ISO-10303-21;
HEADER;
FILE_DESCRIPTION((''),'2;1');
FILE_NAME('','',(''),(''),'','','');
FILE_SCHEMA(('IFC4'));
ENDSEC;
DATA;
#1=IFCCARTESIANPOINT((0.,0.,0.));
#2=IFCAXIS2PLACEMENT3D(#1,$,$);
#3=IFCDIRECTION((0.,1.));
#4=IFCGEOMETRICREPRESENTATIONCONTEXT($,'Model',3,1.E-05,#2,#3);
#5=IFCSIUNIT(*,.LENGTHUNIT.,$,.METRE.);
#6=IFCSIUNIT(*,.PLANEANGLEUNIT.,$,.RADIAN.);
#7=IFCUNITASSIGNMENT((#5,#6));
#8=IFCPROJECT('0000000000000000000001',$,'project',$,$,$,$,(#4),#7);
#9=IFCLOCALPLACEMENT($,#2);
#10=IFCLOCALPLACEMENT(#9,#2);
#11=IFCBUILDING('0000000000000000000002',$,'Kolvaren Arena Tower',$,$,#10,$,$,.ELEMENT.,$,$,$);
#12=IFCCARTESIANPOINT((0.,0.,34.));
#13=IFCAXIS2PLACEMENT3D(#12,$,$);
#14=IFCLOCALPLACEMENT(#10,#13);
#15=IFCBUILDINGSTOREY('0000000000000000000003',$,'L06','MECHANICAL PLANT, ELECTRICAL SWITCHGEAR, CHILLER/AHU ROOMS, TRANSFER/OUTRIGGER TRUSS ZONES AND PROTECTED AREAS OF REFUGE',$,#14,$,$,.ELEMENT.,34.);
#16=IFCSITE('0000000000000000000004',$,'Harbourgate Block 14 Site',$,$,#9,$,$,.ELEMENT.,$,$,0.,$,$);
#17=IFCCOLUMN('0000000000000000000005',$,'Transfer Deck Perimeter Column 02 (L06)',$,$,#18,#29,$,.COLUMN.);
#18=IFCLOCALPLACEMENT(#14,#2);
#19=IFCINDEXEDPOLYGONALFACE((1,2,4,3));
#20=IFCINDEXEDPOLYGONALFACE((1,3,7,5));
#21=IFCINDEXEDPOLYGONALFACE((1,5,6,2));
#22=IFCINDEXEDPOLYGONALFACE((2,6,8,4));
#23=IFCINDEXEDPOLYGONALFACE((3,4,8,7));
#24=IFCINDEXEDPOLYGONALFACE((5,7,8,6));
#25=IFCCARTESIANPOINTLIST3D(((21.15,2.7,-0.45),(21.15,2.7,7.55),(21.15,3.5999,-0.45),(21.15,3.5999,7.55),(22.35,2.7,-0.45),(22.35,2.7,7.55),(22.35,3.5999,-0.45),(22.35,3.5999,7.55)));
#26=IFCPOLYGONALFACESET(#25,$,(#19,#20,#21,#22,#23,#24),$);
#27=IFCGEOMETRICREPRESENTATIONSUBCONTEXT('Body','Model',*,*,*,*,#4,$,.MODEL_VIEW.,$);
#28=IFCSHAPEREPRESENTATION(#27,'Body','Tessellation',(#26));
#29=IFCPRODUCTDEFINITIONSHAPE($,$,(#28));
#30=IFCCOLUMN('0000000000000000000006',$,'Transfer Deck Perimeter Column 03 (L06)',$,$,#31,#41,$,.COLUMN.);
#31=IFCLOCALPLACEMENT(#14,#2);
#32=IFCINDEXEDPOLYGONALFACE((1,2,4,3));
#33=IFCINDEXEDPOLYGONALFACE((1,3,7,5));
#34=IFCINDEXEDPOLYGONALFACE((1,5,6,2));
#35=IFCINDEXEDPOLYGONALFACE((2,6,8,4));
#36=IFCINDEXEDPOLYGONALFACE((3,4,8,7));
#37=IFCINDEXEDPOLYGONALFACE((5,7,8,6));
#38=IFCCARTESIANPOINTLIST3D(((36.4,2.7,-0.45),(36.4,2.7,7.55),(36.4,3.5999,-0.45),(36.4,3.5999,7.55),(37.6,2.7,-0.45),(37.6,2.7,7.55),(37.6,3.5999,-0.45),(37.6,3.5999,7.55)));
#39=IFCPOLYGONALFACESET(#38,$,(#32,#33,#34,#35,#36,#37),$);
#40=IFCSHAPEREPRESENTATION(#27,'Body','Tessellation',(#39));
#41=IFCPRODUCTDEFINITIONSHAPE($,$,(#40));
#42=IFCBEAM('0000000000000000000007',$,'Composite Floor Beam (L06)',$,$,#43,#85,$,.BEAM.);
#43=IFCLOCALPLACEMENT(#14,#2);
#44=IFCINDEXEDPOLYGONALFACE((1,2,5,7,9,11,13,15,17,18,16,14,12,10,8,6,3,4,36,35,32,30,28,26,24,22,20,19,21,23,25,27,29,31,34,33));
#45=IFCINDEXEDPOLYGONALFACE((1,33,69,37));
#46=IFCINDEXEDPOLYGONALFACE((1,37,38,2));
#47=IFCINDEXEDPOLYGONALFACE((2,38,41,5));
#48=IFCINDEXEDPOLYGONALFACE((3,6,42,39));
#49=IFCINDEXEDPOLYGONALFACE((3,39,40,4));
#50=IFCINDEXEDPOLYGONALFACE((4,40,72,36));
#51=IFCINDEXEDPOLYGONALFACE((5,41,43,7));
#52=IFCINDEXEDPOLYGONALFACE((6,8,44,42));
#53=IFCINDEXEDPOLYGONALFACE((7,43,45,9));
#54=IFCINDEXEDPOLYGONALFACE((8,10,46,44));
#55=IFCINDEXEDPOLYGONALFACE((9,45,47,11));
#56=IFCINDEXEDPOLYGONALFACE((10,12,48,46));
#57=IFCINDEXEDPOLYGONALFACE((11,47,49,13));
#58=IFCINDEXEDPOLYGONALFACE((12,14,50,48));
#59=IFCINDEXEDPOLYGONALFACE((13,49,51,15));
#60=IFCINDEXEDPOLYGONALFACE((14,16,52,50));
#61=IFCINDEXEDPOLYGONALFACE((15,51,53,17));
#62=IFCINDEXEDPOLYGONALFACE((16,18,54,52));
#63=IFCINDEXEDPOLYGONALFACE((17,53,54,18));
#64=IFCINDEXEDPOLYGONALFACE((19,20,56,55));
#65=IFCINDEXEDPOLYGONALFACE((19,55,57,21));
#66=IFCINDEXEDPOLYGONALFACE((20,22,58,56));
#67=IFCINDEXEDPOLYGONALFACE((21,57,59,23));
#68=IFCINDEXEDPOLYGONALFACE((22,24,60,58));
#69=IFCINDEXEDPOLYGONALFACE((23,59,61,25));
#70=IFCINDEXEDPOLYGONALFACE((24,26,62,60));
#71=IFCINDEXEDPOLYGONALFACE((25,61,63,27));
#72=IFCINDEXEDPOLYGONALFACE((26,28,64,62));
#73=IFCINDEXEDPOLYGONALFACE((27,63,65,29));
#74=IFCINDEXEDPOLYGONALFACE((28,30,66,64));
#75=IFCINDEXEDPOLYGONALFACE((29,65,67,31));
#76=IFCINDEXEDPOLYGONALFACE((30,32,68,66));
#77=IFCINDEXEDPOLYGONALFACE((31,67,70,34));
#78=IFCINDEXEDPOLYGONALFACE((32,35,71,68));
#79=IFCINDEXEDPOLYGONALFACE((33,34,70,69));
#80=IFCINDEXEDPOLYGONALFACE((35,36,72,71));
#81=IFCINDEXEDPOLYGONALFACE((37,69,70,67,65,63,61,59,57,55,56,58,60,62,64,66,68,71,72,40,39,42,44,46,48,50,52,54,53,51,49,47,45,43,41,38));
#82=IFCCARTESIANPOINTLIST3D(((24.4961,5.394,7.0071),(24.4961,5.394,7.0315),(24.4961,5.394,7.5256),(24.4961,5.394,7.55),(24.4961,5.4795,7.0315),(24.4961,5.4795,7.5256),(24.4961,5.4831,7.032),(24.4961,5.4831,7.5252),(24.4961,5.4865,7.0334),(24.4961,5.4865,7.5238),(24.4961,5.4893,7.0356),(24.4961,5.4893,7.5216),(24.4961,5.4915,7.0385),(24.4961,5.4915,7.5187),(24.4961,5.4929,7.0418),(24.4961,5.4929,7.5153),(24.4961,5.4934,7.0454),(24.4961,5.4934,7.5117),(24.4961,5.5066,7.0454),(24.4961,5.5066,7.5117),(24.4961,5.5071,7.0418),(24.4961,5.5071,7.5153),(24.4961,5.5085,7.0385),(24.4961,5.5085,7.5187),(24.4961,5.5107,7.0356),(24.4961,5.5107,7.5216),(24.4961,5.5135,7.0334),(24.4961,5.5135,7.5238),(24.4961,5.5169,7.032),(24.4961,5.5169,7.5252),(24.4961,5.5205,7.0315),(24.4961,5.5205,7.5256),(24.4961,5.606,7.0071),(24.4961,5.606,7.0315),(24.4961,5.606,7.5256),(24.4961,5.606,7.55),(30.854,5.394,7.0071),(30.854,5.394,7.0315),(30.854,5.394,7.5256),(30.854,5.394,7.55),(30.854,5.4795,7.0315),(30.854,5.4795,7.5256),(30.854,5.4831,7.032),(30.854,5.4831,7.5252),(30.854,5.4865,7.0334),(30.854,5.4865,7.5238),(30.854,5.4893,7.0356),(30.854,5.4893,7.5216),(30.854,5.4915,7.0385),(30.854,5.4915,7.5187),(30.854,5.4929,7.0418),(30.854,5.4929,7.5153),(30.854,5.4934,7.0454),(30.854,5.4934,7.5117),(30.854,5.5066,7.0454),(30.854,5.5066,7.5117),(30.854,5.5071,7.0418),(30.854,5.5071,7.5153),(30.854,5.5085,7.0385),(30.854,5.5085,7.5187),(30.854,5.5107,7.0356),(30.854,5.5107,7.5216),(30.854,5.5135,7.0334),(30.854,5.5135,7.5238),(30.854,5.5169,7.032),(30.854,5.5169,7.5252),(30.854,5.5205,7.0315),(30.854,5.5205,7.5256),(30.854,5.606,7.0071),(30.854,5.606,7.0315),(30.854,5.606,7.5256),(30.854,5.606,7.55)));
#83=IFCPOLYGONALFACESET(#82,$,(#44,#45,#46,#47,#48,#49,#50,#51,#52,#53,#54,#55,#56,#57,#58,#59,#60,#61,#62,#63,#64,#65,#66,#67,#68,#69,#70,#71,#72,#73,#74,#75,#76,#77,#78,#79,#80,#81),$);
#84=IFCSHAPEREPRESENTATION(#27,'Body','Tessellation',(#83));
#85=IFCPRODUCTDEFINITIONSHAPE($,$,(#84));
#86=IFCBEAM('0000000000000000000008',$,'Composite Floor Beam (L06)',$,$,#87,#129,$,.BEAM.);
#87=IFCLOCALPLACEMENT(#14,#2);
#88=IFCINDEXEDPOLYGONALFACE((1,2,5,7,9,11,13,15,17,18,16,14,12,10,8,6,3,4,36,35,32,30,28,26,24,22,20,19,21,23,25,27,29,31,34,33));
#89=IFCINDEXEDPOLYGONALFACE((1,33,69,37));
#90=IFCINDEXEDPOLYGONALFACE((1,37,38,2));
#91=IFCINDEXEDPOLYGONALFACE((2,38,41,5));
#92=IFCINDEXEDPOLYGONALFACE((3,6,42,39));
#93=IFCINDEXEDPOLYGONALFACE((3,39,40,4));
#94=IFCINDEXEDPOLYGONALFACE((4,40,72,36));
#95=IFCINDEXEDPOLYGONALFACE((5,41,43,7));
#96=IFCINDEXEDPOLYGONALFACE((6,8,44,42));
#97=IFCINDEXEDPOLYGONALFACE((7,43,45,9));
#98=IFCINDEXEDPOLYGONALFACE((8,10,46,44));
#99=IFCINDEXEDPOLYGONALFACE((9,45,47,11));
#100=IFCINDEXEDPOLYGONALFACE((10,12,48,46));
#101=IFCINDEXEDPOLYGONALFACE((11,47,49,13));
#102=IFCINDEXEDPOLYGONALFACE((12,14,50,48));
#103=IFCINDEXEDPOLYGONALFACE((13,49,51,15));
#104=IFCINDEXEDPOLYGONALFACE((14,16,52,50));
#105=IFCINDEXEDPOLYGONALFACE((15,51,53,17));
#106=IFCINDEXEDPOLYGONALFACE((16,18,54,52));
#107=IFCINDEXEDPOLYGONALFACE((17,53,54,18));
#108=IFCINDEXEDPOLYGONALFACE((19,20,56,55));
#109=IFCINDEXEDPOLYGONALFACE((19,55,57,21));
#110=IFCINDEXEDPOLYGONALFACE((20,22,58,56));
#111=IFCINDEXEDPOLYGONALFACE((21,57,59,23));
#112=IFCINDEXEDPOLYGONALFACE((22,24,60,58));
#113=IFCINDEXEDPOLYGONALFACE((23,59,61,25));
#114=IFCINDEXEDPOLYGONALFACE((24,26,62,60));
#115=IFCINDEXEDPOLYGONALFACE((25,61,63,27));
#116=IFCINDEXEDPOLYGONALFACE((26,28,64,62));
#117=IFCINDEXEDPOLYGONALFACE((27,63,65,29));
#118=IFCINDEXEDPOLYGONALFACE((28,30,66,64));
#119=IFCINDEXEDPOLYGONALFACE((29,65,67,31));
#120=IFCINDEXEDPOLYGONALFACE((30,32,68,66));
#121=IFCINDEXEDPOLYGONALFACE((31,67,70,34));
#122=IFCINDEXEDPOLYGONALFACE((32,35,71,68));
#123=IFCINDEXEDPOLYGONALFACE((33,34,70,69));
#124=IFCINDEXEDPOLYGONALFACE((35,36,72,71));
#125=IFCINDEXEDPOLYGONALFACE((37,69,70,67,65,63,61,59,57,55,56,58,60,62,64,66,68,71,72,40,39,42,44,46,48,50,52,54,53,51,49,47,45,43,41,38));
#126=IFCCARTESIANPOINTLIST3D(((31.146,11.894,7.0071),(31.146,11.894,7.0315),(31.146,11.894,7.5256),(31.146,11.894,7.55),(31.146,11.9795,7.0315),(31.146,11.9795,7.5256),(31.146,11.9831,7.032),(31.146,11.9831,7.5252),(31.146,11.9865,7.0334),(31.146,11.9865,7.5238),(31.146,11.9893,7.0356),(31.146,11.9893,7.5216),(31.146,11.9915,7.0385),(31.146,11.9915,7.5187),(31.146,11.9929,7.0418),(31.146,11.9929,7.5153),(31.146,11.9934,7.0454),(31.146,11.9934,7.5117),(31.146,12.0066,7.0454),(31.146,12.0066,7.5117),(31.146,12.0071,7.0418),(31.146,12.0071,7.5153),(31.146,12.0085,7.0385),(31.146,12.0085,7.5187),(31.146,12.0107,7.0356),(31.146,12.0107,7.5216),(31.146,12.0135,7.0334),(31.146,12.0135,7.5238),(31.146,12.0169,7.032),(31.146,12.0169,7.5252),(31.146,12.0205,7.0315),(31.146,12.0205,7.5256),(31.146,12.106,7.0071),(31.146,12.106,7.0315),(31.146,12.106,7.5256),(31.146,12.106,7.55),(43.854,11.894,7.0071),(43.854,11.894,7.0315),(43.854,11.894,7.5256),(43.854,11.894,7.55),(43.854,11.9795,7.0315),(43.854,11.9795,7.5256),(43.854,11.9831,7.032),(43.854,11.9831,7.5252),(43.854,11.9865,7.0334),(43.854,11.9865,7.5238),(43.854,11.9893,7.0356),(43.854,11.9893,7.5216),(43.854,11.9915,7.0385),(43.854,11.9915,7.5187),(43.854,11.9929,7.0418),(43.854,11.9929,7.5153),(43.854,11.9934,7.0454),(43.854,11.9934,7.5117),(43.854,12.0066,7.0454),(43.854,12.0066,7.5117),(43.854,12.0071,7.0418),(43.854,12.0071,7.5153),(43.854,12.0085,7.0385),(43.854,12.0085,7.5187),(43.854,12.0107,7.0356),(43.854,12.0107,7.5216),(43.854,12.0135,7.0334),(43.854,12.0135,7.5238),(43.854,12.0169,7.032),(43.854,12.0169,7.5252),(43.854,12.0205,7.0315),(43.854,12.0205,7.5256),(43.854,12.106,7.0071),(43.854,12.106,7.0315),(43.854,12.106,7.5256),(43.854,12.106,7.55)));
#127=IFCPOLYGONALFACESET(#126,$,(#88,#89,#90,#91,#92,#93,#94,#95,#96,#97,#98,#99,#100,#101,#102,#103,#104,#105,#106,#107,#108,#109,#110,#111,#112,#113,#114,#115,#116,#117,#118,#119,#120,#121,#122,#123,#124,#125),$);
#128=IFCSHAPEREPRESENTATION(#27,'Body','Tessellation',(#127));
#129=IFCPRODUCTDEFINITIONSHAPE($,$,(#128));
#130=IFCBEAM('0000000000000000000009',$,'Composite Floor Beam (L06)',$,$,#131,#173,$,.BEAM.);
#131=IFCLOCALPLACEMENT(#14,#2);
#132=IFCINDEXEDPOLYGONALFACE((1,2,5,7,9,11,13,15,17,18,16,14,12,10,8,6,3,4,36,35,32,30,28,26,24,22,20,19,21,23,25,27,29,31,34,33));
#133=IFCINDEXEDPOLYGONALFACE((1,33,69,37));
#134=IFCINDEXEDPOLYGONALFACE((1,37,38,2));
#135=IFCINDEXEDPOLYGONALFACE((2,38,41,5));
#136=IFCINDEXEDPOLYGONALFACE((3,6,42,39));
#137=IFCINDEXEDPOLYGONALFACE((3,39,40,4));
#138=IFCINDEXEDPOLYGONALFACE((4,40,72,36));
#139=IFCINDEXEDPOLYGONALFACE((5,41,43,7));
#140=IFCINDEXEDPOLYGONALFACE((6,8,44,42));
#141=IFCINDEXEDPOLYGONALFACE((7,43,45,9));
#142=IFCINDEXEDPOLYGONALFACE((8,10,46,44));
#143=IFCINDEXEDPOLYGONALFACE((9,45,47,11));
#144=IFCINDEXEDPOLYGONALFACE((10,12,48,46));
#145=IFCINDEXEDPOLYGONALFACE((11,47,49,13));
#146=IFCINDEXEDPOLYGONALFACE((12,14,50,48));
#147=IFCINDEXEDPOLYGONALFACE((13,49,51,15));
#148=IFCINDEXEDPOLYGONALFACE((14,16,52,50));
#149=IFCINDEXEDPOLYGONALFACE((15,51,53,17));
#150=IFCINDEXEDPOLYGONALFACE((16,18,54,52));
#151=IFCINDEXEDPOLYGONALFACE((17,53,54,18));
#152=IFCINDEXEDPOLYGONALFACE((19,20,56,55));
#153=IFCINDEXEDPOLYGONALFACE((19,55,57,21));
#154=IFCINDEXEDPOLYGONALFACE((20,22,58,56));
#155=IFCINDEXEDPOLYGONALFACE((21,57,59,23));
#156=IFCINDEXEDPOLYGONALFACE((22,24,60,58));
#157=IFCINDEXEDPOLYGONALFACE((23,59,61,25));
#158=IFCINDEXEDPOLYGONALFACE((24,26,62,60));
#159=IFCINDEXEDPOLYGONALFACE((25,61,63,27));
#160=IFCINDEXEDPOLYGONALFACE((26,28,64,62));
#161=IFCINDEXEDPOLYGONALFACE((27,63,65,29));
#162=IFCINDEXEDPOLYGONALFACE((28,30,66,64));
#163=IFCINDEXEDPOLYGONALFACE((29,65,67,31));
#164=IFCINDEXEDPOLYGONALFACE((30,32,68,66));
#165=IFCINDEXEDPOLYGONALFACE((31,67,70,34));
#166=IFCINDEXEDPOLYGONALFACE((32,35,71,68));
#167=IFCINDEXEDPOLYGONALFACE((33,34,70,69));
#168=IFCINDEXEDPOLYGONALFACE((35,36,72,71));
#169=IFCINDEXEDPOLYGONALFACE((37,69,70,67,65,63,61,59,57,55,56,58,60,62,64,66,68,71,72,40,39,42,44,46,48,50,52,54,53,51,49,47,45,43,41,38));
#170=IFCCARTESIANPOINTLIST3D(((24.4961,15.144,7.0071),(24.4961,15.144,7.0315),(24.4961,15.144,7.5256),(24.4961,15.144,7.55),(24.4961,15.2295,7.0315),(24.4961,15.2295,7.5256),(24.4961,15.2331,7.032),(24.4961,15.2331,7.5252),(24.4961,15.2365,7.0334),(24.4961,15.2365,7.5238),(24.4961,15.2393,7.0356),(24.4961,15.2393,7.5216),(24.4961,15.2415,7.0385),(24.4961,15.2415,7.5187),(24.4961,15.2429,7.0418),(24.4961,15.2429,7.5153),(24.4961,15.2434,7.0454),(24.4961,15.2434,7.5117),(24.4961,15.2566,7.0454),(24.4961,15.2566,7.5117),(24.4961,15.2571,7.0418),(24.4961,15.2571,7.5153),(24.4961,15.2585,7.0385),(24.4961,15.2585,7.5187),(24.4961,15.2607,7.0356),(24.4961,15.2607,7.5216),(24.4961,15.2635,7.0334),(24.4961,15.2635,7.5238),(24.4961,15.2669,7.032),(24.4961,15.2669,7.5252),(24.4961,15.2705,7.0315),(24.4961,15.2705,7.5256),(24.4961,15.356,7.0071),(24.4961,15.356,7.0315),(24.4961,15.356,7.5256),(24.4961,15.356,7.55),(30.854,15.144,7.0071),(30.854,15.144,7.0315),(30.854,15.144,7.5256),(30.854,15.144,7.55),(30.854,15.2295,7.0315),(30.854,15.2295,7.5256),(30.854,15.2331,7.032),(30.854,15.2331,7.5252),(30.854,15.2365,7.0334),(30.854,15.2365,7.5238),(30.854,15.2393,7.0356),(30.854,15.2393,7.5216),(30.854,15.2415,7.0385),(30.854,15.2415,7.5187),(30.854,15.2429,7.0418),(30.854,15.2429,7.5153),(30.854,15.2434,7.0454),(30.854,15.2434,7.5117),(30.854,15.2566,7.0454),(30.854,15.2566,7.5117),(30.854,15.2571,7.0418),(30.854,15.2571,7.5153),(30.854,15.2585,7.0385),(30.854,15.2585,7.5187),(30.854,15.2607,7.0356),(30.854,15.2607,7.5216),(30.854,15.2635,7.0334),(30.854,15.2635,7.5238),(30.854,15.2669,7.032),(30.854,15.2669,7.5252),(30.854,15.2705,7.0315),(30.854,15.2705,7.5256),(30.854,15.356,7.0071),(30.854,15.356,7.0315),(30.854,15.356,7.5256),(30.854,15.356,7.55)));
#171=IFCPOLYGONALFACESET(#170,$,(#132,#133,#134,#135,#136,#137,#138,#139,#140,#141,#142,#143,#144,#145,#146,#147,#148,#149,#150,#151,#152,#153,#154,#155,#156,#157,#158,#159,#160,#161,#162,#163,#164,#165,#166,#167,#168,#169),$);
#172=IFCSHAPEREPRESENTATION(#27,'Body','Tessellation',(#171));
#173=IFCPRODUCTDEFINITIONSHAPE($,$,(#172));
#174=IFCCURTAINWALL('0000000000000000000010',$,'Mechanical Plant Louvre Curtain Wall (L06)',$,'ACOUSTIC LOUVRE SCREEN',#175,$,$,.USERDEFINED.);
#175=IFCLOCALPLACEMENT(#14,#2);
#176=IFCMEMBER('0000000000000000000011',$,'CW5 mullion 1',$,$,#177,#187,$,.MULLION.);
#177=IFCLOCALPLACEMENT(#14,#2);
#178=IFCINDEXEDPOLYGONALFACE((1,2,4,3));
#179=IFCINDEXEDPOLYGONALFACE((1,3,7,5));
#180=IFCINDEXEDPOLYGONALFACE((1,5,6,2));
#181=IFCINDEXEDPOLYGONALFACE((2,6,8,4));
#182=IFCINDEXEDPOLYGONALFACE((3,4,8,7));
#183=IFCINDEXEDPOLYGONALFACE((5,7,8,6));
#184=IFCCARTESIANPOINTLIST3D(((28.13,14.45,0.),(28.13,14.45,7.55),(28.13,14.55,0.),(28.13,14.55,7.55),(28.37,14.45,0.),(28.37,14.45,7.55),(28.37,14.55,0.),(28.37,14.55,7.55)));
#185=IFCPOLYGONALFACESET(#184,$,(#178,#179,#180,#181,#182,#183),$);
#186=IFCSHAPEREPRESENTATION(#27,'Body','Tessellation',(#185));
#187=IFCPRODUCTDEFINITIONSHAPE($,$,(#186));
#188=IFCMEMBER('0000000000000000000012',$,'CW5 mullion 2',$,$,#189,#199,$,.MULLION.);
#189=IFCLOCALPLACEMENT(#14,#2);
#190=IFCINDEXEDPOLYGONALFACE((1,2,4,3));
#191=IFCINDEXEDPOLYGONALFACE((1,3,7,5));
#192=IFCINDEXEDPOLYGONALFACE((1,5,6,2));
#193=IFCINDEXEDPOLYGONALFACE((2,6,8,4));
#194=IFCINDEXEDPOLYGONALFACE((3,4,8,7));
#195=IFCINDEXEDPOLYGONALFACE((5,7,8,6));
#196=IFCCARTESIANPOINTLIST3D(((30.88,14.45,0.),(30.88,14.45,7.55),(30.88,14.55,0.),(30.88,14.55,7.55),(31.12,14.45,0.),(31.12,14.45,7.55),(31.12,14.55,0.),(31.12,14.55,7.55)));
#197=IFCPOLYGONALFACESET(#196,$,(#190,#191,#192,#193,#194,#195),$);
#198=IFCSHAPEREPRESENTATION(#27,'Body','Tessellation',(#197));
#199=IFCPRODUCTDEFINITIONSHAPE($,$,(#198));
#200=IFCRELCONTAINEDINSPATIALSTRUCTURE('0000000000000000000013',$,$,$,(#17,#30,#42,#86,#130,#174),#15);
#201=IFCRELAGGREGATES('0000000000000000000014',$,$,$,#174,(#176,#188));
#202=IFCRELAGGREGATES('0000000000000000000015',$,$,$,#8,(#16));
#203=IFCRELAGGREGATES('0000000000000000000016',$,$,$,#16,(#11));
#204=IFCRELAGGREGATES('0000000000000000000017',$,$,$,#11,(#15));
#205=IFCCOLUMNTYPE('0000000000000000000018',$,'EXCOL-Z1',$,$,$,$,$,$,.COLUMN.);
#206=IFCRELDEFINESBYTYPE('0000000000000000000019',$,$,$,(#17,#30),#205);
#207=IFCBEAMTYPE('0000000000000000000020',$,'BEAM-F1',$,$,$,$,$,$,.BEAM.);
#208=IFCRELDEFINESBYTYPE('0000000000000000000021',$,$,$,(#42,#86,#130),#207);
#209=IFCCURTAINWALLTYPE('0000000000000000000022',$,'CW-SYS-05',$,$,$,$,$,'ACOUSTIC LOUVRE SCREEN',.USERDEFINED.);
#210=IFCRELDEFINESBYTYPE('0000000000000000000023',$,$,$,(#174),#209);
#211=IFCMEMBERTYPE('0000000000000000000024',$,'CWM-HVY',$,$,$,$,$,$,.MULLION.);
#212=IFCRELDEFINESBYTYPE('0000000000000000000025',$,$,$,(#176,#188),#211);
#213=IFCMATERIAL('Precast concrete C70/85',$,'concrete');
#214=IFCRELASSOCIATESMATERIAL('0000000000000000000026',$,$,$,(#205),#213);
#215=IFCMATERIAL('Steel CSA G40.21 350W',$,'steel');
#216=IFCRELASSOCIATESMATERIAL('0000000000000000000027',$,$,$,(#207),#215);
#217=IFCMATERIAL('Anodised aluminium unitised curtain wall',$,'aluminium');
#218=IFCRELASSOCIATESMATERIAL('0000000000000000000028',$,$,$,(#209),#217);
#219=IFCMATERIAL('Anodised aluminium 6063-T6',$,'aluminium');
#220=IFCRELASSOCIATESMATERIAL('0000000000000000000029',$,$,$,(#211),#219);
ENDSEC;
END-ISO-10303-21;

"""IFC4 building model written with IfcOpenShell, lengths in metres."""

from ifc_helpers import new_model, si_unit, direction, frame, origin, origin_2d, place, context, subcontext, project, spatial, rectangle, i_section, extrude, material, material_profile, profile_set, type_object, element, aggregate, save


model = new_model("IFC4")

# Units and contexts
model_context = context("Model", 3, precision=1e-05, world=origin(), true_north=direction((0.0, 1.0)))
body_context = subcontext(model_context, "Body", "Model", "MODEL_VIEW")
ifc_project = project(units=[si_unit("LENGTHUNIT", "METRE"), si_unit("PLANEANGLEUNIT", "RADIAN")], contexts=[model_context])

# Site, building, storey
site_placement = place(None, origin())
site = spatial("IfcSite", under=ifc_project, at=site_placement, Name="Harbourgate Block 14 Site", CompositionType="ELEMENT", RefElevation=0.0)
building_placement = place(site_placement, origin())
building = spatial("IfcBuilding", under=site, at=building_placement, Name="Kolvaren Arena Tower", CompositionType="ELEMENT")
storey_placement = place(building_placement, frame((0.0, 0.0, 34.0)))
storey = spatial("IfcBuildingStorey", under=building, at=storey_placement, Name="L06", Description="MECHANICAL PLANT, ELECTRICAL SWITCHGEAR, CHILLER/AHU ROOMS, TRANSFER/OUTRIGGER TRUSS ZONES AND PROTECTED AREAS OF REFUGE", CompositionType="ELEMENT", Elevation=34.0)

# Columns
ifc_material_1 = material(Name="Precast concrete C70/85", Category="concrete")
ifc_material_profile_1 = material_profile(ifc_material_1, rectangle(XDim=1.2, YDim=0.8999, at=origin_2d()), Name="RC-1200x900")
ifc_profile_set_1 = profile_set([ifc_material_profile_1], Name="Precast concrete C70/85")
column_type = type_object("IfcColumnType", Name="EXCOL-Z1", PredefinedType="COLUMN", material=ifc_profile_set_1)
for number, where, z_axis, x_axis, name in (
    (1, (21.75, 3.1499, -0.45), (0.0, 0.0, 1.0), (1.0, 0.0, 0.0), "Transfer Deck Perimeter Column 02 (L06)"),
    (2, (37.0, 3.1499, -0.45), (0.0, 0.0, 1.0), (1.0, 0.0, 0.0), "Transfer Deck Perimeter Column 03 (L06)"),
):
    element("IfcColumn", number, at=place(storey_placement, frame(where, z_axis=z_axis, x_axis=x_axis)), inside=storey, type_object=column_type, Name=name, PredefinedType="COLUMN", context=body_context, shape_type="SweptSolid", body=[
        extrude(rectangle(XDim=1.2, YDim=0.8999, at=origin_2d()), origin(), (0.0, 0.0, 1.0), 8.0),
    ])

# Beams
ifc_material_2 = material(Name="Steel CSA G40.21 350W", Category="steel")
ifc_material_profile_2 = material_profile(ifc_material_2, i_section(OverallWidth=0.2119, OverallDepth=0.543, WebThickness=0.0132, FlangeThickness=0.0244, FilletRadius=0.0139, at=origin_2d()), Name="W530x150")
ifc_profile_set_2 = profile_set([ifc_material_profile_2], Name="Steel CSA G40.21 350W")
beam_type_1 = type_object("IfcBeamType", Name="BEAM-F1", PredefinedType="BEAM", material=ifc_profile_set_2)
beam_1_placement = place(storey_placement, frame((24.4961, 5.5, 7.2786), z_axis=(1.0, 0.0, 0.0), x_axis=(0.0, 1.0, 0.0)))
element("IfcBeam", 3, at=beam_1_placement, inside=storey, type_object=beam_type_1, Name="Composite Floor Beam (L06)", PredefinedType="BEAM", context=body_context, shape_type="SweptSolid", body=[
    extrude(i_section(OverallWidth=0.2119, OverallDepth=0.543, WebThickness=0.0132, FlangeThickness=0.0244, FilletRadius=0.0139, at=origin_2d()), origin(), (0.0, 0.0, 1.0), 6.3579),
])
beam_2_placement = place(storey_placement, frame((31.146, 12.0, 7.2786), z_axis=(1.0, 0.0, 0.0), x_axis=(0.0, 1.0, 0.0)))
element("IfcBeam", 4, at=beam_2_placement, inside=storey, type_object=beam_type_1, Name="Composite Floor Beam (L06)", PredefinedType="BEAM", context=body_context, shape_type="SweptSolid", body=[
    extrude(i_section(OverallWidth=0.2119, OverallDepth=0.543, WebThickness=0.0132, FlangeThickness=0.0244, FilletRadius=0.0139, at=origin_2d()), origin(), (0.0, 0.0, 1.0), 12.708),
])
beam_3_placement = place(storey_placement, frame((24.4961, 15.25, 7.2786), z_axis=(1.0, 0.0, 0.0), x_axis=(0.0, 1.0, 0.0)))
element("IfcBeam", 5, at=beam_3_placement, inside=storey, type_object=beam_type_1, Name="Composite Floor Beam (L06)", PredefinedType="BEAM", context=body_context, shape_type="SweptSolid", body=[
    extrude(i_section(OverallWidth=0.2119, OverallDepth=0.543, WebThickness=0.0132, FlangeThickness=0.0244, FilletRadius=0.0139, at=origin_2d()), origin(), (0.0, 0.0, 1.0), 6.3579),
])

# Curtain wall, members
ifc_material_3 = material(Name="Anodised aluminium unitised curtain wall", Category="aluminium")
curtain_wall_type = type_object("IfcCurtainWallType", Name="CW-SYS-05", ElementType="ACOUSTIC LOUVRE SCREEN", PredefinedType="USERDEFINED", material=ifc_material_3)
curtain_wall_placement = place(storey_placement, origin())
curtain_wall = element("IfcCurtainWall", 6, at=curtain_wall_placement, inside=storey, type_object=curtain_wall_type, Name="Mechanical Plant Louvre Curtain Wall (L06)", ObjectType="ACOUSTIC LOUVRE SCREEN", PredefinedType="USERDEFINED")
ifc_material_4 = material(Name="Anodised aluminium 6063-T6", Category="aluminium")
ifc_material_profile_3 = material_profile(ifc_material_4, rectangle(XDim=0.1001, YDim=0.24, at=origin_2d()), Name="ALU-100x240")
ifc_profile_set_3 = profile_set([ifc_material_profile_3], Name="Anodised aluminium 6063-T6")
member_type_1 = type_object("IfcMemberType", Name="CWM-HVY", PredefinedType="MULLION", material=ifc_profile_set_3)
member_1_placement = place(storey_placement, frame((28.25, 14.5, 0.0), z_axis=(0.0, 0.0, 1.0), x_axis=(0.0, 1.0, 0.0)))
member_1 = element("IfcMember", 7, at=member_1_placement, type_object=member_type_1, Name="CW5 mullion 1", PredefinedType="MULLION", context=body_context, shape_type="SweptSolid", body=[
    extrude(rectangle(XDim=0.1001, YDim=0.24, at=origin_2d()), origin(), (0.0, 0.0, 1.0), 7.55),
])
member_2_placement = place(storey_placement, frame((31.0, 14.5, 0.0), z_axis=(0.0, 0.0, 1.0), x_axis=(0.0, 1.0, 0.0)))
member_2 = element("IfcMember", 8, at=member_2_placement, type_object=member_type_1, Name="CW5 mullion 2", PredefinedType="MULLION", context=body_context, shape_type="SweptSolid", body=[
    extrude(rectangle(XDim=0.1001, YDim=0.24, at=origin_2d()), origin(), (0.0, 0.0, 1.0), 7.55),
])

aggregate(curtain_wall, [member_1, member_2])

save(model, "model.ifc")
